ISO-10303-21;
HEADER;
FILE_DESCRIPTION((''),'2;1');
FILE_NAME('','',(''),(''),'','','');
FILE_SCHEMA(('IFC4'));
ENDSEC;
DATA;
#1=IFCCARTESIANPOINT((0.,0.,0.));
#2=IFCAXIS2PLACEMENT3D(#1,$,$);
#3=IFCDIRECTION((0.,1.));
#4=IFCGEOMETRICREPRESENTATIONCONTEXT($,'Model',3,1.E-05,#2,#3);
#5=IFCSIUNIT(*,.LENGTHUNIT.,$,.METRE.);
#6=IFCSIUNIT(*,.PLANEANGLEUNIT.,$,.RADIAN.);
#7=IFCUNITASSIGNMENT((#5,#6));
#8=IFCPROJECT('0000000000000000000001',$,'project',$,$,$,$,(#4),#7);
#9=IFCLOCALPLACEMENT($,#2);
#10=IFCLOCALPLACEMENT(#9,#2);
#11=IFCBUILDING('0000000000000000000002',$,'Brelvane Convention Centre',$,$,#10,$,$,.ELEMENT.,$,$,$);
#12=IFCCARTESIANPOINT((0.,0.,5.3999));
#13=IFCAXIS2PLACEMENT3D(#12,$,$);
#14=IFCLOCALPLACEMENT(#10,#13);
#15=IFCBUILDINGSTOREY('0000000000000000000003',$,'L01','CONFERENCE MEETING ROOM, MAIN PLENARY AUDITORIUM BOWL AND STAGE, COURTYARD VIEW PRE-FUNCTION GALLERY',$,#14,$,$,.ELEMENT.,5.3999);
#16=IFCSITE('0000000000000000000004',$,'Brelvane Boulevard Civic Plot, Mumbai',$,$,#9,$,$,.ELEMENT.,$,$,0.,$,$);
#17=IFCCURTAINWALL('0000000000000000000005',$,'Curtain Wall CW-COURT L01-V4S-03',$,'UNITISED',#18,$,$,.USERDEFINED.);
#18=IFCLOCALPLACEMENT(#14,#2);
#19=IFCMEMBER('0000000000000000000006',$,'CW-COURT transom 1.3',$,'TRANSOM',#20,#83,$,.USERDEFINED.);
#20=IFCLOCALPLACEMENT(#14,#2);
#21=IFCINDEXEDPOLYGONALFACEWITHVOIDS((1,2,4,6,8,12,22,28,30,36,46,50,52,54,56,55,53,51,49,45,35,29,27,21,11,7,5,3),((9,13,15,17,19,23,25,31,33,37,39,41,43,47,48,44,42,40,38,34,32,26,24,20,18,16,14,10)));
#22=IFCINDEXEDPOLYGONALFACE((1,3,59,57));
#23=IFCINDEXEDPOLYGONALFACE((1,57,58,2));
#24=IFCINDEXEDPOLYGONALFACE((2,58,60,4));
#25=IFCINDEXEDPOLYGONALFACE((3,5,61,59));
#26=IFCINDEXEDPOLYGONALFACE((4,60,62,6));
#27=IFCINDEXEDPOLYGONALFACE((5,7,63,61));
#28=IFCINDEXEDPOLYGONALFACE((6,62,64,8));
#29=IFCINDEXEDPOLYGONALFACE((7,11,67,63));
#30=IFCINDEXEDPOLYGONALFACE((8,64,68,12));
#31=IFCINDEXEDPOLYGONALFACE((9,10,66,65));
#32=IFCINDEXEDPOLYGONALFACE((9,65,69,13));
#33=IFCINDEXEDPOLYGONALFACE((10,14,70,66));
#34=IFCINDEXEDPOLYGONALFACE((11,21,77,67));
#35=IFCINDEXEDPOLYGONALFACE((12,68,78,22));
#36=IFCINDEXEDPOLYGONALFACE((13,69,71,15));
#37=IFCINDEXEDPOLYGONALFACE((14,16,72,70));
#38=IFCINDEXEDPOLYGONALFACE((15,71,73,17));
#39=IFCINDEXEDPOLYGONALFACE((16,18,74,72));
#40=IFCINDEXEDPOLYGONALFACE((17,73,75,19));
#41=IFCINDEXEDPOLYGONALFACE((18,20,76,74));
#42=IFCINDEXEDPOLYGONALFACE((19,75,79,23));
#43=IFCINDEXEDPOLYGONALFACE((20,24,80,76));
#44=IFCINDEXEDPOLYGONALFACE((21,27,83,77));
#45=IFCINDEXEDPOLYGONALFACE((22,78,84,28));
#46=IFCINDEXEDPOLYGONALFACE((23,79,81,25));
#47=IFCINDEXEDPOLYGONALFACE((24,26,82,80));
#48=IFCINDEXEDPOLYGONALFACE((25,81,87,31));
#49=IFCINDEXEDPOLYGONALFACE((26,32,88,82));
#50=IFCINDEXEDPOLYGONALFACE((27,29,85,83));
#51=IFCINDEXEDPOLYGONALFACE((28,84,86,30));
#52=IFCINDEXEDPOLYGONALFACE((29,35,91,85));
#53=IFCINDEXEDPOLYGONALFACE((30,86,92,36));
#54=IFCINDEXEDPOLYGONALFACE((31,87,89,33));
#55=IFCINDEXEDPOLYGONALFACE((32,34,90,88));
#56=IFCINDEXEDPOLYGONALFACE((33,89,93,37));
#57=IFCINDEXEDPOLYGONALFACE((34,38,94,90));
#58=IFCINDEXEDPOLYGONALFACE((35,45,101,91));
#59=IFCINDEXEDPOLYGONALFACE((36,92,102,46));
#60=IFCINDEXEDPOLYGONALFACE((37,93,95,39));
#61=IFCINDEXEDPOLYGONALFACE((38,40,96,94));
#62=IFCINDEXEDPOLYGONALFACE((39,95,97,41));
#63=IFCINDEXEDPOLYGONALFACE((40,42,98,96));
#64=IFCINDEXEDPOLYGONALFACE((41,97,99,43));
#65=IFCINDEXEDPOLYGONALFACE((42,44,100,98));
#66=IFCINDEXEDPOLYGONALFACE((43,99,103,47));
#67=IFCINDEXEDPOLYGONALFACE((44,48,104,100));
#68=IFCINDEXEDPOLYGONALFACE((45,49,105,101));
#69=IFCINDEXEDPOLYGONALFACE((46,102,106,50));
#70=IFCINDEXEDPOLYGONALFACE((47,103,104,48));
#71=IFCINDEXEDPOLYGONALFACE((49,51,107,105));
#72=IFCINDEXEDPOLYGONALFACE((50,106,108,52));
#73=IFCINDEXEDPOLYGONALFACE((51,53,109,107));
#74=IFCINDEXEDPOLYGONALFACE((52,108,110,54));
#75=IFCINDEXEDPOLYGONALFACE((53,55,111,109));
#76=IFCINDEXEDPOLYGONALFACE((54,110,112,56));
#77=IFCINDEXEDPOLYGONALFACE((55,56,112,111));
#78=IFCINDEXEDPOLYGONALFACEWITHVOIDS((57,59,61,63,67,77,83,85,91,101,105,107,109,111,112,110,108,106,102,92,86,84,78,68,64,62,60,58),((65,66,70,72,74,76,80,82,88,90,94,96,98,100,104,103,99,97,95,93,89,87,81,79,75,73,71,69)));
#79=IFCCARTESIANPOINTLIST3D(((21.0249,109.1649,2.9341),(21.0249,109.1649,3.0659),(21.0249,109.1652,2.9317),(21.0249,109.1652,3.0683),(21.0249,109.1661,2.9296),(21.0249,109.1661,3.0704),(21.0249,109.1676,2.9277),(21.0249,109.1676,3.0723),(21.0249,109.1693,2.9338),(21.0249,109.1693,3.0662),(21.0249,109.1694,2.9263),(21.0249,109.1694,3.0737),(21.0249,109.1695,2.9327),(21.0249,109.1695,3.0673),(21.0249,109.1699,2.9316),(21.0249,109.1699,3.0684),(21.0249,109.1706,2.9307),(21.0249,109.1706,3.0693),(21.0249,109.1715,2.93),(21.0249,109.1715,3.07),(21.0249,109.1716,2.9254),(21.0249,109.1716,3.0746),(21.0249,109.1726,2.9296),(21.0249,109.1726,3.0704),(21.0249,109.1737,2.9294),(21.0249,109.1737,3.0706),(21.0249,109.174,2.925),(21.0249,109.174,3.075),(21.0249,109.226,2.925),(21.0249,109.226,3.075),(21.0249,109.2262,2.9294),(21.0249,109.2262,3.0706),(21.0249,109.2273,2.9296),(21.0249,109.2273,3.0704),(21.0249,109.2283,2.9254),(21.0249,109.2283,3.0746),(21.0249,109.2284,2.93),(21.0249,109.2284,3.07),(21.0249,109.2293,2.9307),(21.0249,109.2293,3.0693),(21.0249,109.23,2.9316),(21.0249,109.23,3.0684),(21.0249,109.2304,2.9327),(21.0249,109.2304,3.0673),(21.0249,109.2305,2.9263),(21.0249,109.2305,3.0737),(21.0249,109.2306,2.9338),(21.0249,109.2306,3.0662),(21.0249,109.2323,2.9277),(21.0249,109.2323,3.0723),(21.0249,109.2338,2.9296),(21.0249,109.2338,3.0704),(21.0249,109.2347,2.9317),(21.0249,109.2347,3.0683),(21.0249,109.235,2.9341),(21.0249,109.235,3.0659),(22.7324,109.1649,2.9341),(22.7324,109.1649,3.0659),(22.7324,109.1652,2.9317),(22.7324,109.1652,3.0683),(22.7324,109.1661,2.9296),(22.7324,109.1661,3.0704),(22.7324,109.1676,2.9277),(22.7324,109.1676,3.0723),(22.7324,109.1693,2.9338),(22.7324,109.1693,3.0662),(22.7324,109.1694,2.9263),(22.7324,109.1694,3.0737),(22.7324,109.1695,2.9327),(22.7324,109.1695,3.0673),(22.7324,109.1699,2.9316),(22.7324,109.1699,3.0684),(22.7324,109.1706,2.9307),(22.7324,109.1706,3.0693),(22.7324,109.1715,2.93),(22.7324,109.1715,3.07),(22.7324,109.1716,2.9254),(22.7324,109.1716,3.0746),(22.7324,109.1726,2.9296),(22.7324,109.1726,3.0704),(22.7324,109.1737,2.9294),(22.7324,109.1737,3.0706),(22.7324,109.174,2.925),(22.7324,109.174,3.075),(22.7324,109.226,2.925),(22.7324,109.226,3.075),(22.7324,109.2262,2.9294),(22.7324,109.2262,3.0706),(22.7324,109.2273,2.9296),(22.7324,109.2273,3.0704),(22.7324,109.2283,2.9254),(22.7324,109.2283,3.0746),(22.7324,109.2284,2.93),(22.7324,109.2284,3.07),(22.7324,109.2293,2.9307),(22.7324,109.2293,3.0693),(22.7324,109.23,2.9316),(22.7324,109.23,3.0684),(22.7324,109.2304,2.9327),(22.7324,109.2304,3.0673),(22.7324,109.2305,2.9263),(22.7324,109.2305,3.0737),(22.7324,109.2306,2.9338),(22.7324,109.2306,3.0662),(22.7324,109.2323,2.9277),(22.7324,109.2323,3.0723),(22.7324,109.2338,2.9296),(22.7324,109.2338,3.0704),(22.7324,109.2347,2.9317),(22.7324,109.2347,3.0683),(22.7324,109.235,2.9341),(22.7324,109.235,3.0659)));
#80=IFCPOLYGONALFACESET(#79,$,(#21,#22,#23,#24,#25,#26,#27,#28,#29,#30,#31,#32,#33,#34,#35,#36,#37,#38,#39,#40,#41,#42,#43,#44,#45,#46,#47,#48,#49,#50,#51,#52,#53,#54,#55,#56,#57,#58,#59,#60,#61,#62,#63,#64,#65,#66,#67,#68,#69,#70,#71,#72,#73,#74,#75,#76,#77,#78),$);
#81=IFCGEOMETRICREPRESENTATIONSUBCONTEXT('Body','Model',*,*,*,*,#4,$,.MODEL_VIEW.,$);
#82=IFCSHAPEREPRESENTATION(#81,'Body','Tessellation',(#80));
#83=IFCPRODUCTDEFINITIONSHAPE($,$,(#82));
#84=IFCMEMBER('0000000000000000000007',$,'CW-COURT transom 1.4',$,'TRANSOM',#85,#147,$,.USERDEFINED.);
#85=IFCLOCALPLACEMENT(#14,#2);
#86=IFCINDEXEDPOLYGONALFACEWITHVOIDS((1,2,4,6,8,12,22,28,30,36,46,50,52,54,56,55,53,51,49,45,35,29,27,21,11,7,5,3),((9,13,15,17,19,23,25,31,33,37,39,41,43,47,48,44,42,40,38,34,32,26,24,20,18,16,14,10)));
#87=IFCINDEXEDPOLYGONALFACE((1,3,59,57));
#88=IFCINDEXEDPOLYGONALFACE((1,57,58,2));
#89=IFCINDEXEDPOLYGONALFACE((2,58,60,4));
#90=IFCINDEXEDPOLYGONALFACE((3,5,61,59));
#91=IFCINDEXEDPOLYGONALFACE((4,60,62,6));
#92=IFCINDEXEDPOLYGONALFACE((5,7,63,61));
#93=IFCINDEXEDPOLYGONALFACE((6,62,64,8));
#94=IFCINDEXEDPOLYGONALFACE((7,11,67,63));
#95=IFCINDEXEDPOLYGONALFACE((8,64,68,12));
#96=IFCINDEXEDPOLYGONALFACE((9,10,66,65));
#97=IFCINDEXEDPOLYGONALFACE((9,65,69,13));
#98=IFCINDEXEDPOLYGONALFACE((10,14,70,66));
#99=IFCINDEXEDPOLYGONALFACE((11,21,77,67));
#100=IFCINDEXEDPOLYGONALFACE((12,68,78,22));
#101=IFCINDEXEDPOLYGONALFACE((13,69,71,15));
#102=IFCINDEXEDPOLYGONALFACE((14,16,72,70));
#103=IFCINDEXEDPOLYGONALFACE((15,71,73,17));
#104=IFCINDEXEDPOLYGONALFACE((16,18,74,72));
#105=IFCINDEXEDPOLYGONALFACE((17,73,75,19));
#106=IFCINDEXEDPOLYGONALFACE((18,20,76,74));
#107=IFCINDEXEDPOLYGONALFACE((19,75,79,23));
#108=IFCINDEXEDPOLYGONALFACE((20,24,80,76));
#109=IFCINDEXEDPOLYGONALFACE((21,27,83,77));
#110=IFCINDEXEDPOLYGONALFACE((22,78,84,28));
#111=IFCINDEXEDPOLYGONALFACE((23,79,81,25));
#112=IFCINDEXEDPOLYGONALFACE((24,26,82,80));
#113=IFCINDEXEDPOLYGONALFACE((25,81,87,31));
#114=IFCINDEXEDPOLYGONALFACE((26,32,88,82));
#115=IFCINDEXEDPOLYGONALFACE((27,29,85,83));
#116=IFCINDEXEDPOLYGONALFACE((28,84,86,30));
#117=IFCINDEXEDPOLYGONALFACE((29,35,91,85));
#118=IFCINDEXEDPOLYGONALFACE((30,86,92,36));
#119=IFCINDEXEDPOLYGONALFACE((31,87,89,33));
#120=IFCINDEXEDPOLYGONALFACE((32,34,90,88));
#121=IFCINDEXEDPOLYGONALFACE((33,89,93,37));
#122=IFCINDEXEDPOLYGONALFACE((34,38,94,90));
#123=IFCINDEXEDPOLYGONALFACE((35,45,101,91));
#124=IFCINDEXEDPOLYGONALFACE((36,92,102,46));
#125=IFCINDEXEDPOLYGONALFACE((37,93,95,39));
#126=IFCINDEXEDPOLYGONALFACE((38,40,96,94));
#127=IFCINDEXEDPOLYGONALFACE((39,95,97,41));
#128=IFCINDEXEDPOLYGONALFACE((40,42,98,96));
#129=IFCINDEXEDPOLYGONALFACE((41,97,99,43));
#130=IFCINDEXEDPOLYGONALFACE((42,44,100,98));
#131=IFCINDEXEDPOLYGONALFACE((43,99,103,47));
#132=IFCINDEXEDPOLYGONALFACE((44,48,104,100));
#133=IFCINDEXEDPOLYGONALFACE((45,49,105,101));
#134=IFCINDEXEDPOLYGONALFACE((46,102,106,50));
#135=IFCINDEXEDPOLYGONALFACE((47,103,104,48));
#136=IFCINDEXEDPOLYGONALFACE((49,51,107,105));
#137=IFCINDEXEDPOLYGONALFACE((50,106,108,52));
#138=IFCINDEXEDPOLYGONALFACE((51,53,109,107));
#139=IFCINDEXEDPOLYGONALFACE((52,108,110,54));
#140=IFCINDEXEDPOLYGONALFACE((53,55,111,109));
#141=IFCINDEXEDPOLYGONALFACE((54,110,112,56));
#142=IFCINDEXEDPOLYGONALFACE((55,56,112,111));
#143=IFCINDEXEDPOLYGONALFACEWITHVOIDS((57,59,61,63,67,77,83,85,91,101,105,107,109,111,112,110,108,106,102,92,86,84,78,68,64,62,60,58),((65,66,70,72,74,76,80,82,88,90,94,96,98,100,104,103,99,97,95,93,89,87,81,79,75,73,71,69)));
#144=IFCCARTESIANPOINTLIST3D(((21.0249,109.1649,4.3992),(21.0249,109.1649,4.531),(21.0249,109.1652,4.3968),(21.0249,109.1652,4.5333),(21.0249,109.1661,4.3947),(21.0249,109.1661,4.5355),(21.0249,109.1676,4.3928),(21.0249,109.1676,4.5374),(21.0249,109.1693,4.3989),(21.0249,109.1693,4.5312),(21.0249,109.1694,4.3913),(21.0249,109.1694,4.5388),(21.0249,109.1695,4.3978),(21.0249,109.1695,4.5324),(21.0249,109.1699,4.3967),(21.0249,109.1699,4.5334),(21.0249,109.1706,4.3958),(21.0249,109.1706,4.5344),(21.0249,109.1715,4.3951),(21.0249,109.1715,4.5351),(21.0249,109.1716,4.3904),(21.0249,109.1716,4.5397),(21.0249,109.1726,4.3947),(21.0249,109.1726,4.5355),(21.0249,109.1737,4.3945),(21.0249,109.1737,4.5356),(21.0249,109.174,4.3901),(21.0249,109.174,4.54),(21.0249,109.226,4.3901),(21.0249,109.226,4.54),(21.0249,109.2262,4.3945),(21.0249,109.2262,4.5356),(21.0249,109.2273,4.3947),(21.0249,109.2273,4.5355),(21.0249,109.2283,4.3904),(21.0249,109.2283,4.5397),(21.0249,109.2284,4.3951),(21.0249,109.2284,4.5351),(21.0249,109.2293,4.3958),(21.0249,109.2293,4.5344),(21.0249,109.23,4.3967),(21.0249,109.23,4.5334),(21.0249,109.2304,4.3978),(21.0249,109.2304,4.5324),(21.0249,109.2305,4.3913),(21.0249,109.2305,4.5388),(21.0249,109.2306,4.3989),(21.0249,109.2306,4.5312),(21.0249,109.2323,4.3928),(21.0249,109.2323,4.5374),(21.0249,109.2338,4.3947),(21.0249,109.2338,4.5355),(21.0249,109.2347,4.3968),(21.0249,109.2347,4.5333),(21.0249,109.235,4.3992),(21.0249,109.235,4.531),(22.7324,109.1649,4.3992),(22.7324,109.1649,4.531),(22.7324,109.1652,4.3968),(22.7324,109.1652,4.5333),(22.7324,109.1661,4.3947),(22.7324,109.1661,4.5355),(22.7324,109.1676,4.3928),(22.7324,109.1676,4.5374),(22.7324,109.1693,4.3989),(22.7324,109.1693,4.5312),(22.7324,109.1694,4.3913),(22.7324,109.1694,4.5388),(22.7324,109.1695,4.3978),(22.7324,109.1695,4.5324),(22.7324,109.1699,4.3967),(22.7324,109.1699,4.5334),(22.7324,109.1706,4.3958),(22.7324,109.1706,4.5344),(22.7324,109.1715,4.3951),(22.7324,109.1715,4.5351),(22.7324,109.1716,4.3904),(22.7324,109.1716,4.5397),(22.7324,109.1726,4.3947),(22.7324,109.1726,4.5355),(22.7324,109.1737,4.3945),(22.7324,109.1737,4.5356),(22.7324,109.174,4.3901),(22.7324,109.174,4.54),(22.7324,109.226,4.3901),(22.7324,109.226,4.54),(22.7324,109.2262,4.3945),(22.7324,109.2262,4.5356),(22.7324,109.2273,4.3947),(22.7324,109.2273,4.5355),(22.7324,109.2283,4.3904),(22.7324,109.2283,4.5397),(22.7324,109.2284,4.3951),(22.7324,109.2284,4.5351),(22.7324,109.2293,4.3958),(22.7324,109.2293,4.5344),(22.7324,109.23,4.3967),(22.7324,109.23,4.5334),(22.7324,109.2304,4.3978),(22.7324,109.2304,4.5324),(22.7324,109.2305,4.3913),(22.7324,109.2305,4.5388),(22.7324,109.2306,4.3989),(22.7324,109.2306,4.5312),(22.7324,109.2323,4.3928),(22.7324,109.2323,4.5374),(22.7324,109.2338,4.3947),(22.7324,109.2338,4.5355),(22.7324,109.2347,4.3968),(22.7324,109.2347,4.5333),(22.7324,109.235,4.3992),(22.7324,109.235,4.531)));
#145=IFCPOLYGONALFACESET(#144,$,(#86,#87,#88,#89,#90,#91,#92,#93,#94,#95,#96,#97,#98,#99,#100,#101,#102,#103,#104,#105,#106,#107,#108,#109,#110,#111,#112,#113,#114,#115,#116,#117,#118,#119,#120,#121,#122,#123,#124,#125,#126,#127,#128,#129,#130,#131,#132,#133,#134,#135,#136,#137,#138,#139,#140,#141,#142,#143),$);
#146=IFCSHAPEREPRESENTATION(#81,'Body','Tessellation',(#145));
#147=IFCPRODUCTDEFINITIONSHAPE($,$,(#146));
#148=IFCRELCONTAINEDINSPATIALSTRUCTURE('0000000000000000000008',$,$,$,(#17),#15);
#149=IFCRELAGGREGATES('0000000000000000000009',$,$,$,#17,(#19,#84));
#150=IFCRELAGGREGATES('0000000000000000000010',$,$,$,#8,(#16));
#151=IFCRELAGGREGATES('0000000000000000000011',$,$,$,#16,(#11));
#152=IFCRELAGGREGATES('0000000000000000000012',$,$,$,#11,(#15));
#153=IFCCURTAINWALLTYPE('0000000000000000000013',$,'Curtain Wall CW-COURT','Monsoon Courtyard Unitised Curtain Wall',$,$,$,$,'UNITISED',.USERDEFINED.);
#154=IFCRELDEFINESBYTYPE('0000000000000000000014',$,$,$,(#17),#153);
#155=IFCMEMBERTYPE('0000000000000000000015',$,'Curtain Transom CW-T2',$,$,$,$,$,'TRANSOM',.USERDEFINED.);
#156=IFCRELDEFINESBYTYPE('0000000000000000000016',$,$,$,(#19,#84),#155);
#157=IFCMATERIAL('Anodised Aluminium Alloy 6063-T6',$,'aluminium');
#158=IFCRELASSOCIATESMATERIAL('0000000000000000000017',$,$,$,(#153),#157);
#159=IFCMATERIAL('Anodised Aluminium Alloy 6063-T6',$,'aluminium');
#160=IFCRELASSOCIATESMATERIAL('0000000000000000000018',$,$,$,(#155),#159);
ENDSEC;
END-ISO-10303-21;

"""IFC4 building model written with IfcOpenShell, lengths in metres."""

from ifc_helpers import new_model, si_unit, direction, frame, origin, origin_2d, place, context, subcontext, project, spatial, hollow_rectangle, extrude, material, material_profile, profile_set, type_object, element, aggregate, save


model = new_model("IFC4")

# Units and contexts
model_context = context("Model", 3, precision=1e-05, world=origin(), true_north=direction((0.0, 1.0)))
body_context = subcontext(model_context, "Body", "Model", "MODEL_VIEW")
ifc_project = project(units=[si_unit("LENGTHUNIT", "METRE"), si_unit("PLANEANGLEUNIT", "RADIAN")], contexts=[model_context])

# Site, building, storey
site_placement = place(None, origin())
site = spatial("IfcSite", under=ifc_project, at=site_placement, Name="Brelvane Boulevard Civic Plot, Mumbai", CompositionType="ELEMENT", RefElevation=0.0)
building_placement = place(site_placement, origin())
building = spatial("IfcBuilding", under=site, at=building_placement, Name="Brelvane Convention Centre", CompositionType="ELEMENT")
storey_placement = place(building_placement, frame((0.0, 0.0, 5.3999)))
storey = spatial("IfcBuildingStorey", under=building, at=storey_placement, Name="L01", Description="CONFERENCE MEETING ROOM, MAIN PLENARY AUDITORIUM BOWL AND STAGE, COURTYARD VIEW PRE-FUNCTION GALLERY", CompositionType="ELEMENT", Elevation=5.3999)

# Curtain wall, members
ifc_material_1 = material(Name="Anodised Aluminium Alloy 6063-T6", Category="aluminium")
curtain_wall_type = type_object("IfcCurtainWallType", Name="Curtain Wall CW-COURT", Description="Monsoon Courtyard Unitised Curtain Wall", ElementType="UNITISED", PredefinedType="USERDEFINED", material=ifc_material_1)
curtain_wall_placement = place(storey_placement, origin())
curtain_wall = element("IfcCurtainWall", 1, at=curtain_wall_placement, inside=storey, type_object=curtain_wall_type, Name="Curtain Wall CW-COURT L01-V4S-03", ObjectType="UNITISED", PredefinedType="USERDEFINED")
ifc_material_2 = material(Name="Anodised Aluminium Alloy 6063-T6", Category="aluminium")
ifc_material_profile_1 = material_profile(ifc_material_2, hollow_rectangle(XDim=0.0701, YDim=0.1499, WallThickness=0.0044, InnerFilletRadius=0.0044, OuterFilletRadius=0.009, at=origin_2d()), Name="ALU-T 150x70x4.5")
ifc_profile_set_1 = profile_set([ifc_material_profile_1], Name="Anodised Aluminium Alloy 6063-T6")
member_type_1 = type_object("IfcMemberType", Name="Curtain Transom CW-T2", ElementType="TRANSOM", PredefinedType="USERDEFINED", material=ifc_profile_set_1)
member_1_placement = place(storey_placement, frame((21.0249, 109.2, 3.0), z_axis=(1.0, 0.0, 0.0), x_axis=(0.0, 1.0, 0.0)))
member_1 = element("IfcMember", 2, at=member_1_placement, type_object=member_type_1, Name="CW-COURT transom 1.3", ObjectType="TRANSOM", PredefinedType="USERDEFINED", context=body_context, shape_type="SweptSolid", body=[
    extrude(hollow_rectangle(XDim=0.0701, YDim=0.1499, WallThickness=0.0044, InnerFilletRadius=0.0044, OuterFilletRadius=0.009, at=origin_2d()), origin(), (0.0, 0.0, 1.0), 1.7075),
])
member_2_placement = place(storey_placement, frame((21.0249, 109.2, 4.4651), z_axis=(1.0, 0.0, 0.0), x_axis=(0.0, 1.0, 0.0)))
member_2 = element("IfcMember", 3, at=member_2_placement, type_object=member_type_1, Name="CW-COURT transom 1.4", ObjectType="TRANSOM", PredefinedType="USERDEFINED", context=body_context, shape_type="SweptSolid", body=[
    extrude(hollow_rectangle(XDim=0.0701, YDim=0.1499, WallThickness=0.0044, InnerFilletRadius=0.0044, OuterFilletRadius=0.009, at=origin_2d()), origin(), (0.0, 0.0, 1.0), 1.7075),
])

aggregate(curtain_wall, [member_1, member_2])

save(model, "model.ifc")
